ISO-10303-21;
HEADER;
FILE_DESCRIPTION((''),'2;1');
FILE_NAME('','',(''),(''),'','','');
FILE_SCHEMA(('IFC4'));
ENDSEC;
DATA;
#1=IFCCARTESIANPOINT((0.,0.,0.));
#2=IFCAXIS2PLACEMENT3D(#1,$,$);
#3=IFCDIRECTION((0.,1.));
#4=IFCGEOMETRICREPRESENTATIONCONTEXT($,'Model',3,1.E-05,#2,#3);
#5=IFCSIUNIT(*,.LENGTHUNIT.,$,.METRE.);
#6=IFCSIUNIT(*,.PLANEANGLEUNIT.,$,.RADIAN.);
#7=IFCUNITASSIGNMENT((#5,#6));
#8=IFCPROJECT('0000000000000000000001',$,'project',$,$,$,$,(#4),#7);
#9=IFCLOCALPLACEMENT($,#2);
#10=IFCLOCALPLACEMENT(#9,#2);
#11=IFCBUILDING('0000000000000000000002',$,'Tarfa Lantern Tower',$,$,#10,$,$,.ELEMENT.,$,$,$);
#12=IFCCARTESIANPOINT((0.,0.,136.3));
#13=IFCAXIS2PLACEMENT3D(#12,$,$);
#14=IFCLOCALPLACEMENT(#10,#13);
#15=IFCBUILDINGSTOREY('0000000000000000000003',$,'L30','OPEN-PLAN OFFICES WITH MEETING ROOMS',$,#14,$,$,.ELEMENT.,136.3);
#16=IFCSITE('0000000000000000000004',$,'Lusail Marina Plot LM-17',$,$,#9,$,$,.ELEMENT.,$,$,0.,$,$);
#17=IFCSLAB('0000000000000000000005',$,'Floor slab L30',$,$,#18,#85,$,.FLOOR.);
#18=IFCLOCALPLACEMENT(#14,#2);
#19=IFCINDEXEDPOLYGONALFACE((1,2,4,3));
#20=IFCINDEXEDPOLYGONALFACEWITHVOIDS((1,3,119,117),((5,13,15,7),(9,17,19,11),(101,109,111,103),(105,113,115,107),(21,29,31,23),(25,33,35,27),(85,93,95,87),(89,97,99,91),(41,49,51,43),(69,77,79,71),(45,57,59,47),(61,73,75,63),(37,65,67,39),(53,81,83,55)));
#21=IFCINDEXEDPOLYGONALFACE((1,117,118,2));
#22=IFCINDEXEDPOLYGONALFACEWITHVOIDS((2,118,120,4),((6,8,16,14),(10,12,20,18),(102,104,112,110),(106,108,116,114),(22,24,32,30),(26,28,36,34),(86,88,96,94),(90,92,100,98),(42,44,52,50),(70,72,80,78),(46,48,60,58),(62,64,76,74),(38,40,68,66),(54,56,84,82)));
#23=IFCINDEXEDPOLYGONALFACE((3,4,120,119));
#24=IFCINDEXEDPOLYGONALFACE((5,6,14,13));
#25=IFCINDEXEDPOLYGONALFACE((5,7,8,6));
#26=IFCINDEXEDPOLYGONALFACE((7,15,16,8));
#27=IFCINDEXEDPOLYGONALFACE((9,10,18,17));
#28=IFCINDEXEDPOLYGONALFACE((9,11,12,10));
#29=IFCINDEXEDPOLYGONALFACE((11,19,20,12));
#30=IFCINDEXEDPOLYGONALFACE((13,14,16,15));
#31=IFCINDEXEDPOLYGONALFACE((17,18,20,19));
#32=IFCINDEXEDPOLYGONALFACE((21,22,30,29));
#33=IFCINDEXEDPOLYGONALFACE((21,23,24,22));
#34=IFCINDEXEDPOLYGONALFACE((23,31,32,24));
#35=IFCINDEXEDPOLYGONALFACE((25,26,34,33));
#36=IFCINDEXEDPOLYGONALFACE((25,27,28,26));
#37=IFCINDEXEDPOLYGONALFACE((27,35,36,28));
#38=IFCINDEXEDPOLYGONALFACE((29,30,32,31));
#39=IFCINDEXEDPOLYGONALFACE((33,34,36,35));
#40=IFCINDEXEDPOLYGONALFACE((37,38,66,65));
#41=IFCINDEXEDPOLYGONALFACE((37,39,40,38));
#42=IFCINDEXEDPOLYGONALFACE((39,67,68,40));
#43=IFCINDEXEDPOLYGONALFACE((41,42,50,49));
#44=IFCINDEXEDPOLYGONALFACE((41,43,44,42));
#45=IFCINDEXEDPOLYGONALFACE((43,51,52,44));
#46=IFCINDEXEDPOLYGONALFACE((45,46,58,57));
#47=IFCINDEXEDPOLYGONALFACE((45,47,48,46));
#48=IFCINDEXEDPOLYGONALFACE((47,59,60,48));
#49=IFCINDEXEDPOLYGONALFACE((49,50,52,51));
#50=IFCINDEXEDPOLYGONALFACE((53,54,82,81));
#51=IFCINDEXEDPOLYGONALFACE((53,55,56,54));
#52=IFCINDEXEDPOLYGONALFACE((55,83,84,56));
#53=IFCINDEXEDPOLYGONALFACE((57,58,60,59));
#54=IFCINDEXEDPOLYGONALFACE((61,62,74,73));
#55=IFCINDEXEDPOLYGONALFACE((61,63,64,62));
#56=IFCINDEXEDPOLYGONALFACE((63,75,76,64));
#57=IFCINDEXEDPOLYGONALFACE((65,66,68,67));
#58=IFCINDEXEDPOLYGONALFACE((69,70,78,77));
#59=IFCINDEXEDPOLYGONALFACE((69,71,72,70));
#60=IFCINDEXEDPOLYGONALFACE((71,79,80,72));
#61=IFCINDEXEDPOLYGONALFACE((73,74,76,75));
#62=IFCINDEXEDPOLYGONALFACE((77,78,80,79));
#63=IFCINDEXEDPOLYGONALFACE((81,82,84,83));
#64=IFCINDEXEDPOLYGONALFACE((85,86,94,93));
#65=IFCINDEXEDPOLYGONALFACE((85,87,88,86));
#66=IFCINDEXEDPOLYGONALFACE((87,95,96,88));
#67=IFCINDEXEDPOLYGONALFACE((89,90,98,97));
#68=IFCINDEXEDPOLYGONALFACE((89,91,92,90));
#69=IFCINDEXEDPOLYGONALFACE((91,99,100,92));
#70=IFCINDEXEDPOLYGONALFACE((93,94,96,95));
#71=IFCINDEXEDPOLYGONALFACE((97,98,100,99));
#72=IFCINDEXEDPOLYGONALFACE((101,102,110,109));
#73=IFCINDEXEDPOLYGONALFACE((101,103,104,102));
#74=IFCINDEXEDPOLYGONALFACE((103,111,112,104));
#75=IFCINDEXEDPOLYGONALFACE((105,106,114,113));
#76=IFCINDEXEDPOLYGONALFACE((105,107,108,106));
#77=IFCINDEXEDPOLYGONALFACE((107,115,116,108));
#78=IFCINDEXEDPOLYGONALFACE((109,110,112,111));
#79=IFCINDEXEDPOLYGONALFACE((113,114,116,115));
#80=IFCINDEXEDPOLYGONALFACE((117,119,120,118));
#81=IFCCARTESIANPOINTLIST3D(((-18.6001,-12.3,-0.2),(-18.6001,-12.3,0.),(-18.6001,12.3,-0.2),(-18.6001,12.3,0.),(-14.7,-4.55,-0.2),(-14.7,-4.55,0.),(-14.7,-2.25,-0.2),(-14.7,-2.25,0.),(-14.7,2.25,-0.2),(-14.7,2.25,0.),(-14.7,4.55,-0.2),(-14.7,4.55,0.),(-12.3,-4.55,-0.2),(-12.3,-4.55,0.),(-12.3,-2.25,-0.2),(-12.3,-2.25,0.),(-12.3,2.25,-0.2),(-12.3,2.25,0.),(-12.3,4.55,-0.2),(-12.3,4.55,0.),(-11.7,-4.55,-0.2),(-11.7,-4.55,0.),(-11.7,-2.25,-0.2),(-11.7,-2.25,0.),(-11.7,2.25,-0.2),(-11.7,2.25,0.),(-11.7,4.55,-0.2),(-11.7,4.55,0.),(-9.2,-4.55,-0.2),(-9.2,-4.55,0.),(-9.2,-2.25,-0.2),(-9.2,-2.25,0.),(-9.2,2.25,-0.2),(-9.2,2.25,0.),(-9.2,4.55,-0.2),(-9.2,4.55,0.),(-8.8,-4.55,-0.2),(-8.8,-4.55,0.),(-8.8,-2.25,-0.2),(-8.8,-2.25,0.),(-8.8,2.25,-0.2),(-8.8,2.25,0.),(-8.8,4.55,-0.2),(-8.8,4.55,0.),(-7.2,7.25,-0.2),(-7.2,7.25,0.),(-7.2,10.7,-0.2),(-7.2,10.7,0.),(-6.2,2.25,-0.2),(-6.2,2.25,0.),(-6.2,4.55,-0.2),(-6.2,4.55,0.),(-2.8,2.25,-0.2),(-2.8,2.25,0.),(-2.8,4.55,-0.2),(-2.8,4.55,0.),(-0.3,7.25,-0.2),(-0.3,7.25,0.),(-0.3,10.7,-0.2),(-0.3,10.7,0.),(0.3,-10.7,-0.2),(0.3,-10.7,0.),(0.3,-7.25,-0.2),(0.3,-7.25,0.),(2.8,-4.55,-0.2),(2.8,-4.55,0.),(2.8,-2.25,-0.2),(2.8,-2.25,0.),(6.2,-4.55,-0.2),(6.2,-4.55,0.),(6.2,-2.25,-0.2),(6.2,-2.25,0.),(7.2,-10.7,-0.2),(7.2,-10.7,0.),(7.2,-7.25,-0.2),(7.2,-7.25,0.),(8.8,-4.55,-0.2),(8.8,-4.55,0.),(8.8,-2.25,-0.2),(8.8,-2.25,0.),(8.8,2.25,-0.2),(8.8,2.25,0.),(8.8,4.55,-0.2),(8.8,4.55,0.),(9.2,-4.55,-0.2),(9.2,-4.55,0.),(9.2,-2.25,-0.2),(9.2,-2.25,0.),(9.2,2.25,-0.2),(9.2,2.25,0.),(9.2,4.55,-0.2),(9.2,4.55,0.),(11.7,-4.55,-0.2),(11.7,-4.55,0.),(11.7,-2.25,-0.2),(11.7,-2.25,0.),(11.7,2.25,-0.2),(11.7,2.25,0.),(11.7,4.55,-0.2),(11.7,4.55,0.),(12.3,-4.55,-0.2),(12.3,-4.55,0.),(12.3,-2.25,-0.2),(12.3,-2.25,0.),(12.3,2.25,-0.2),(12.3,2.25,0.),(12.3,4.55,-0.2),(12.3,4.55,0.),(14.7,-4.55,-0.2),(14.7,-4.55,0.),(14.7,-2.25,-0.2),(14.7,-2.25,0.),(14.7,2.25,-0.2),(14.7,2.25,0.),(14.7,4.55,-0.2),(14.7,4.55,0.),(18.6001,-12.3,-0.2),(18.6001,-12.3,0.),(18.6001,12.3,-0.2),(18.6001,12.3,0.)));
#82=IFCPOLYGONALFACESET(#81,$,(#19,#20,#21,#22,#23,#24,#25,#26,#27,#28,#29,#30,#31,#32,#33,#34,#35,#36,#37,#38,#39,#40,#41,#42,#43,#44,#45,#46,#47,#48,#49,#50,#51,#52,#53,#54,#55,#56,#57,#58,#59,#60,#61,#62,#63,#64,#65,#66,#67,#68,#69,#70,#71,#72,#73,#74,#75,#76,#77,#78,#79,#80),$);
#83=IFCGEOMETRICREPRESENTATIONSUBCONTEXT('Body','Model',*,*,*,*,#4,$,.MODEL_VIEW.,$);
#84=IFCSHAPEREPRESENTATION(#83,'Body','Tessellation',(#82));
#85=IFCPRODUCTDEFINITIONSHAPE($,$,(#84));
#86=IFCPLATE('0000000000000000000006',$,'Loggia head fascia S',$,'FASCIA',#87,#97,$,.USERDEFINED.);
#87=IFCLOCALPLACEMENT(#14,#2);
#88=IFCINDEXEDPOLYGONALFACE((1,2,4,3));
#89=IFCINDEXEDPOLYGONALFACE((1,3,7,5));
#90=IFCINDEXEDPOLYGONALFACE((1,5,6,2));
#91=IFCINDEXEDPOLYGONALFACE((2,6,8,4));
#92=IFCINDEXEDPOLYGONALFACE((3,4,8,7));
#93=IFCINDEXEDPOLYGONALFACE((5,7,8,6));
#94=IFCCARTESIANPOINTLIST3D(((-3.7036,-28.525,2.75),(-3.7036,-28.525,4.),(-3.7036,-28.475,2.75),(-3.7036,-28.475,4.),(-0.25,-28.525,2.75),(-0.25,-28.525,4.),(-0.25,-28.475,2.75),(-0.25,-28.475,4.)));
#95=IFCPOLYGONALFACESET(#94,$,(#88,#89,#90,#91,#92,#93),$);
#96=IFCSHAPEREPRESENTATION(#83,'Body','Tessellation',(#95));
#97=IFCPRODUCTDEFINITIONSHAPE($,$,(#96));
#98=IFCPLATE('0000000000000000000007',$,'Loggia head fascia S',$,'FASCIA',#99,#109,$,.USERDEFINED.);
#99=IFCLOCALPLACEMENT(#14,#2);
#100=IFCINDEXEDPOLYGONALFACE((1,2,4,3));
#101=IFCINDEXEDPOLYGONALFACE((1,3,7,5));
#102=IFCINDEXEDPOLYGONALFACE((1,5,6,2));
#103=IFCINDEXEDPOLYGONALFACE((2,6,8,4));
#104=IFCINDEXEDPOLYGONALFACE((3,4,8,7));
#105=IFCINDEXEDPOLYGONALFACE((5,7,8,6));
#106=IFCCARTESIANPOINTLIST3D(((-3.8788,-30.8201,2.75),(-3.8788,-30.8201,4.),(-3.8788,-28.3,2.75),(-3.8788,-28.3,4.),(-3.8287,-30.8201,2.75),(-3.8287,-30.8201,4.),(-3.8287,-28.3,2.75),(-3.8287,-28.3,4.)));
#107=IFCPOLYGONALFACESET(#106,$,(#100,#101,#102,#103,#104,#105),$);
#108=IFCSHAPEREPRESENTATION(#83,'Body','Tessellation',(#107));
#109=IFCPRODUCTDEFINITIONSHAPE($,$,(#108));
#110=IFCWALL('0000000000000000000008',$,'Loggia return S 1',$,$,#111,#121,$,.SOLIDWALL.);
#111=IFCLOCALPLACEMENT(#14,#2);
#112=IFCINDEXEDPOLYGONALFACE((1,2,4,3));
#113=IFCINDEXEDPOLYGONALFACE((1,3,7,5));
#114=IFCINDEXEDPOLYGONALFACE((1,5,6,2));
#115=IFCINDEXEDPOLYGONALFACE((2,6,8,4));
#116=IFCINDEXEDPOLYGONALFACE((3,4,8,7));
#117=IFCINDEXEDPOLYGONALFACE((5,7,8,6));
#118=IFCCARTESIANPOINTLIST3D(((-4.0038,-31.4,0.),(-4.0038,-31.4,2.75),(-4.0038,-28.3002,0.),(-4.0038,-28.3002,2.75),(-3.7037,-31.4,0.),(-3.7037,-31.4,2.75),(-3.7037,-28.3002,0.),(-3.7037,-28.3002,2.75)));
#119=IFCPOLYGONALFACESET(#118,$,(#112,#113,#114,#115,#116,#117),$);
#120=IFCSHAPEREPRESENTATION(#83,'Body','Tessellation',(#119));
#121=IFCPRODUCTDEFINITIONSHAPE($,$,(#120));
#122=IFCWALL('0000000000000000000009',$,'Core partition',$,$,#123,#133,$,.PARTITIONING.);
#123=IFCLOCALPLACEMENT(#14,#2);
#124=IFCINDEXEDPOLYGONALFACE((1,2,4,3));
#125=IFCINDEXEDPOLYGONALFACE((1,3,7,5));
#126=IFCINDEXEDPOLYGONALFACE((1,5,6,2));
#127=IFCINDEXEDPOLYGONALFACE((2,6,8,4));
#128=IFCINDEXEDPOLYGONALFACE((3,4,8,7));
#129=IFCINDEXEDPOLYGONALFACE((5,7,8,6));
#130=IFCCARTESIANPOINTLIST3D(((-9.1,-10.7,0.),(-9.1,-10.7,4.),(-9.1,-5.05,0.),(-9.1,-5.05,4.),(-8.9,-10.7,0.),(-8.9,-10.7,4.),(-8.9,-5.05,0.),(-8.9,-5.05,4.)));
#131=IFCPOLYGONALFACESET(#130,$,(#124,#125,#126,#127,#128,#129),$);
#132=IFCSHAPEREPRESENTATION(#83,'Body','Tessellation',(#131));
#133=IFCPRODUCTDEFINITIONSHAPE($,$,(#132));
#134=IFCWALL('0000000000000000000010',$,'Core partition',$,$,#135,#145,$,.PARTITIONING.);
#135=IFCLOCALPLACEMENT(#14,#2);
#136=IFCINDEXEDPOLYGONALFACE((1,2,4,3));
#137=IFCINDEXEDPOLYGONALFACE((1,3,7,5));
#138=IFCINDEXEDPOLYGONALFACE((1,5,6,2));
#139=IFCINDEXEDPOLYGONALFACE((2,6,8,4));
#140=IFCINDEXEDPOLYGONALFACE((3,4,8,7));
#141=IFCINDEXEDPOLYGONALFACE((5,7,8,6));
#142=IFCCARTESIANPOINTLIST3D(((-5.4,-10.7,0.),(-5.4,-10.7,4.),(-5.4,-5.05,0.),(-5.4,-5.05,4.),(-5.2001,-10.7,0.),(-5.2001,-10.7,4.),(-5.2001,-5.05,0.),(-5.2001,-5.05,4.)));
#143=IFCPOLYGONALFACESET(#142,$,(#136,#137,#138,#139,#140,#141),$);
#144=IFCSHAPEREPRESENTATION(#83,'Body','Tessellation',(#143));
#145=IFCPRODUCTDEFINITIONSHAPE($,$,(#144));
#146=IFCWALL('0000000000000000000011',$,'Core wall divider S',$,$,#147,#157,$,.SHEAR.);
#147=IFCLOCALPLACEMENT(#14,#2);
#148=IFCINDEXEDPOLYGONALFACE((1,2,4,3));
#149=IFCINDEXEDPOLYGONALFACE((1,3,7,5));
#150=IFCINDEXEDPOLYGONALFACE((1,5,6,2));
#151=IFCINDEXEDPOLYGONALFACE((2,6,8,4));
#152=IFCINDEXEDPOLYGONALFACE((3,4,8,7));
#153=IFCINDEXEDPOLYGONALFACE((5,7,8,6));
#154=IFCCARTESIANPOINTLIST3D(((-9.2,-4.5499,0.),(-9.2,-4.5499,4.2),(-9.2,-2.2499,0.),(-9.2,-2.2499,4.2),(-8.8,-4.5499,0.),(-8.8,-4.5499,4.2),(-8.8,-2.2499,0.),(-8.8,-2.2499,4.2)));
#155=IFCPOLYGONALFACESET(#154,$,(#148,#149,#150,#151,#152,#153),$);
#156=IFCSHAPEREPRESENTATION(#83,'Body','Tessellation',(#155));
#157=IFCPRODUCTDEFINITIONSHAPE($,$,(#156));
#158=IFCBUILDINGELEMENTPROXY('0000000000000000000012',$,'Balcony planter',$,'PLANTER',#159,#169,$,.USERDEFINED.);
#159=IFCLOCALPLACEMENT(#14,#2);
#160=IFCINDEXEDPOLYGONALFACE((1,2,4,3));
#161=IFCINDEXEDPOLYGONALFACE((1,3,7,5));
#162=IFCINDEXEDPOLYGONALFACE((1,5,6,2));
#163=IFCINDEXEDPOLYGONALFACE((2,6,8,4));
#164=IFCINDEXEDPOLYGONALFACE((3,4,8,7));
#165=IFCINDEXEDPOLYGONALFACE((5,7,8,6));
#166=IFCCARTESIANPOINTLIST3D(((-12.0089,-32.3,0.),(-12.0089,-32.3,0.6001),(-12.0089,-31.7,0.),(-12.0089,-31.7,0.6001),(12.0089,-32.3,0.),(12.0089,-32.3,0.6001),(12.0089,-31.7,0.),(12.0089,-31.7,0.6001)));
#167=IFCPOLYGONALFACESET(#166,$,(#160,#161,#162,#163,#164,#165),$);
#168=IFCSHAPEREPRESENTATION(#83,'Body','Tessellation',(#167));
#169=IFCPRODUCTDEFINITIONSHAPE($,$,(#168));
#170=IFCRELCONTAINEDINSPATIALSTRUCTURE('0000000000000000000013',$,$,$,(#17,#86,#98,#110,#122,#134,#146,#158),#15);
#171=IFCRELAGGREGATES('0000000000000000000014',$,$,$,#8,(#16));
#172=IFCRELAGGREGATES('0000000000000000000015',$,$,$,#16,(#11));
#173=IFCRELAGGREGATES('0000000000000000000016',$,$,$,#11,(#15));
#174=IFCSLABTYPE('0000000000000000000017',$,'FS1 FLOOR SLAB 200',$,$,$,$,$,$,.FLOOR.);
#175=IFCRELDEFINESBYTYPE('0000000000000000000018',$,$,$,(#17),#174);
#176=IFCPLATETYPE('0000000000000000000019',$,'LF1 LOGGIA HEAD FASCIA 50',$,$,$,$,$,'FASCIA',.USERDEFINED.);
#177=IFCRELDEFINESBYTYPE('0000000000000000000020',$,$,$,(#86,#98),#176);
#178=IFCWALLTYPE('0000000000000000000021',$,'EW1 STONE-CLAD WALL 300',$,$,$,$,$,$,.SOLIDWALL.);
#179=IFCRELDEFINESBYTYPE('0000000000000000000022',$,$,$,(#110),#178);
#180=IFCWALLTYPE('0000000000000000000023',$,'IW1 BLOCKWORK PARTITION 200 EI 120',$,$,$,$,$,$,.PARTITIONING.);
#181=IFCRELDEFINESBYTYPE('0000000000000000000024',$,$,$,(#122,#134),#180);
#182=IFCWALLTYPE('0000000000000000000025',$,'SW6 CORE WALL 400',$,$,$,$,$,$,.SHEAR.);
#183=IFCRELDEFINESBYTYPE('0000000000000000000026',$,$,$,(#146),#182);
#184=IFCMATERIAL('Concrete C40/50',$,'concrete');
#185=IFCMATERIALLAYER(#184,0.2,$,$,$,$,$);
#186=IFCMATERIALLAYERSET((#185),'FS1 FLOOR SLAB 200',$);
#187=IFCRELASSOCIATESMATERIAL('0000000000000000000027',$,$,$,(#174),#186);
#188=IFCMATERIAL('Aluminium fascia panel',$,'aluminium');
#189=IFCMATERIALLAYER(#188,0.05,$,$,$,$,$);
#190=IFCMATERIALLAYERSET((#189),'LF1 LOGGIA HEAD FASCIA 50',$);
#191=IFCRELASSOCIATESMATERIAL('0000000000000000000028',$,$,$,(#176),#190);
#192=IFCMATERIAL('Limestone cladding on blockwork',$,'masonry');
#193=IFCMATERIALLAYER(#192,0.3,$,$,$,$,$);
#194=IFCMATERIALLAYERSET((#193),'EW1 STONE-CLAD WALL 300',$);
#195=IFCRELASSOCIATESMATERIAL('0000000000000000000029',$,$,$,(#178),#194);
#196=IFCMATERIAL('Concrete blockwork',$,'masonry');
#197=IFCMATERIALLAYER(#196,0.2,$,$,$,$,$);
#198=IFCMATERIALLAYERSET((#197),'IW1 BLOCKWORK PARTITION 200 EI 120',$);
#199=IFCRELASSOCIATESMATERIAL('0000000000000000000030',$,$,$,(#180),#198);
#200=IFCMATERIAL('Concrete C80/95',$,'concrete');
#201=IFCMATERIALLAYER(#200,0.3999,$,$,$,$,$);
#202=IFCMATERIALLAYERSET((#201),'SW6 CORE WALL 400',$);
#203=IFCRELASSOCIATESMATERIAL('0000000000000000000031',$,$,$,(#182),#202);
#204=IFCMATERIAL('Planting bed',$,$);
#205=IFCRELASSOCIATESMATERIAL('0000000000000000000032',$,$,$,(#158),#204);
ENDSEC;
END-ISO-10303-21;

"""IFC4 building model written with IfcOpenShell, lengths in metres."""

from ifc_helpers import new_model, si_unit, direction, frame, frame_2d, origin, origin_2d, place, context, subcontext, project, spatial, polyline, rectangle, outline, extrude, material, layer, layer_set, type_object, element, save


model = new_model("IFC4")

# Units and contexts
model_context = context("Model", 3, precision=1e-05, world=origin(), true_north=direction((0.0, 1.0)))
body_context = subcontext(model_context, "Body", "Model", "MODEL_VIEW")
ifc_project = project(units=[si_unit("LENGTHUNIT", "METRE"), si_unit("PLANEANGLEUNIT", "RADIAN")], contexts=[model_context])

# Site, building, storey
site_placement = place(None, origin())
site = spatial("IfcSite", under=ifc_project, at=site_placement, Name="Lusail Marina Plot LM-17", CompositionType="ELEMENT", RefElevation=0.0)
building_placement = place(site_placement, origin())
building = spatial("IfcBuilding", under=site, at=building_placement, Name="Tarfa Lantern Tower", CompositionType="ELEMENT")
storey_placement = place(building_placement, frame((0.0, 0.0, 136.3)))
storey = spatial("IfcBuildingStorey", under=building, at=storey_placement, Name="L30", Description="OPEN-PLAN OFFICES WITH MEETING ROOMS", CompositionType="ELEMENT", Elevation=136.3)

# Shared definitions
ifc_material_1 = material(Name="Concrete C80/95", Category="concrete")

# Slab
ifc_material_2 = material(Name="Concrete C40/50", Category="concrete")
ifc_layer_1 = layer(ifc_material_2, 0.2)
ifc_layer_set_1 = layer_set([ifc_layer_1], Name="FS1 FLOOR SLAB 200")
slab_type = type_object("IfcSlabType", Name="FS1 FLOOR SLAB 200", PredefinedType="FLOOR", material=ifc_layer_set_1)
slab_placement = place(storey_placement, frame((0.0, 0.0, -0.2)))
element("IfcSlab", 1, at=slab_placement, inside=storey, type_object=slab_type, Name="Floor slab L30", PredefinedType="FLOOR", context=body_context, shape_type="SweptSolid", body=[
    extrude(outline(polyline([(-18.6001, -12.3), (18.6001, -12.3), (18.6001, 12.3), (-18.6001, 12.3), (-18.6001, -12.3)]), holes=[polyline([(-14.7, 2.25), (-12.3, 2.25), (-12.3, 4.55), (-14.7, 4.55), (-14.7, 2.25)]), polyline([(-11.7, 2.25), (-9.2, 2.25), (-9.2, 4.55), (-11.7, 4.55), (-11.7, 2.25)]), polyline([(-8.8, 2.25), (-6.2, 2.25), (-6.2, 4.55), (-8.8, 4.55), (-8.8, 2.25)]), polyline([(-2.8, 2.25), (8.8, 2.25), (8.8, 4.55), (-2.8, 4.55), (-2.8, 2.25)]), polyline([(9.2, 2.25), (11.7, 2.25), (11.7, 4.55), (9.2, 4.55), (9.2, 2.25)]), polyline([(12.3, 2.25), (14.7, 2.25), (14.7, 4.55), (12.3, 4.55), (12.3, 2.25)]), polyline([(14.7, -2.25), (12.3, -2.25), (12.3, -4.55), (14.7, -4.55), (14.7, -2.25)]), polyline([(11.7, -2.25), (9.2, -2.25), (9.2, -4.55), (11.7, -4.55), (11.7, -2.25)]), polyline([(8.8, -2.25), (6.2, -2.25), (6.2, -4.55), (8.8, -4.55), (8.8, -2.25)]), polyline([(2.8, -2.25), (-8.8, -2.25), (-8.8, -4.55), (2.8, -4.55), (2.8, -2.25)]), polyline([(-9.2, -2.25), (-11.7, -2.25), (-11.7, -4.55), (-9.2, -4.55), (-9.2, -2.25)]), polyline([(-12.3, -2.25), (-14.7, -2.25), (-14.7, -4.55), (-12.3, -4.55), (-12.3, -2.25)]), polyline([(-7.2, 7.25), (-0.3, 7.25), (-0.3, 10.7), (-7.2, 10.7), (-7.2, 7.25)]), polyline([(7.2, -7.25), (0.3, -7.25), (0.3, -10.7), (7.2, -10.7), (7.2, -7.25)])]), origin(), (0.0, 0.0, 1.0), 0.2),
])

# Plates
ifc_material_3 = material(Name="Aluminium fascia panel", Category="aluminium")
ifc_layer_2 = layer(ifc_material_3, 0.05)
ifc_layer_set_2 = layer_set([ifc_layer_2], Name="LF1 LOGGIA HEAD FASCIA 50")
plate_type_1 = type_object("IfcPlateType", Name="LF1 LOGGIA HEAD FASCIA 50", ElementType="FASCIA", PredefinedType="USERDEFINED", material=ifc_layer_set_2)
plate_1_placement = place(storey_placement, frame((-1.9768, -28.5, 2.75), z_axis=(0.0, 0.0, 1.0), x_axis=(1.0, 0.0, 0.0)))
element("IfcPlate", 2, at=plate_1_placement, inside=storey, type_object=plate_type_1, Name="Loggia head fascia S", ObjectType="FASCIA", PredefinedType="USERDEFINED", context=body_context, shape_type="SweptSolid", body=[
    extrude(rectangle(XDim=3.4536, YDim=0.05, at=origin_2d()), origin(), (0.0, 0.0, 1.0), 1.25),
])
plate_2_placement = place(storey_placement, frame((-3.8538, -29.5601, 2.75), z_axis=(0.0, 0.0, 1.0), x_axis=(0.0, 1.0, 0.0)))
element("IfcPlate", 3, at=plate_2_placement, inside=storey, type_object=plate_type_1, Name="Loggia head fascia S", ObjectType="FASCIA", PredefinedType="USERDEFINED", context=body_context, shape_type="SweptSolid", body=[
    extrude(rectangle(XDim=2.52, YDim=0.05, at=origin_2d()), origin(), (0.0, 0.0, 1.0), 1.25),
])

# Walls
ifc_material_4 = material(Name="Limestone cladding on blockwork", Category="masonry")
ifc_layer_3 = layer(ifc_material_4, 0.3)
ifc_layer_set_3 = layer_set([ifc_layer_3], Name="EW1 STONE-CLAD WALL 300")
wall_type_1 = type_object("IfcWallType", Name="EW1 STONE-CLAD WALL 300", PredefinedType="SOLIDWALL", material=ifc_layer_set_3)
wall_1_placement = place(storey_placement, frame((-3.8538, -31.3999, 0.0), z_axis=(0.0, 0.0, 1.0), x_axis=(0.0, 1.0, 0.0)))
element("IfcWall", 4, at=wall_1_placement, inside=storey, type_object=wall_type_1, Name="Loggia return S 1", PredefinedType="SOLIDWALL", context=body_context, shape_type="SweptSolid", body=[
    extrude(rectangle(XDim=3.0999, YDim=0.3, at=frame_2d((1.5498, 0.0))), origin(), (0.0, 0.0, 1.0), 2.75),
])
ifc_material_5 = material(Name="Concrete blockwork", Category="masonry")
ifc_layer_4 = layer(ifc_material_5, 0.2)
ifc_layer_set_4 = layer_set([ifc_layer_4], Name="IW1 BLOCKWORK PARTITION 200 EI 120")
wall_type_2 = type_object("IfcWallType", Name="IW1 BLOCKWORK PARTITION 200 EI 120", PredefinedType="PARTITIONING", material=ifc_layer_set_4)
for number, where, z_axis, x_axis, name in (
    (5, (-9.0, -5.05, 0.0), (0.0, 0.0, 1.0), (0.0, -1.0, 0.0), "Core partition"),
    (6, (-5.3, -5.05, 0.0), (0.0, 0.0, 1.0), (0.0, -1.0, 0.0), "Core partition"),
):
    element("IfcWall", number, at=place(storey_placement, frame(where, z_axis=z_axis, x_axis=x_axis)), inside=storey, type_object=wall_type_2, Name=name, PredefinedType="PARTITIONING", context=body_context, shape_type="SweptSolid", body=[
        extrude(rectangle(XDim=5.6499, YDim=0.2, at=frame_2d((2.825, 0.0))), origin(), (0.0, 0.0, 1.0), 4.0),
    ])
ifc_layer_5 = layer(ifc_material_1, 0.3999)
ifc_layer_set_5 = layer_set([ifc_layer_5], Name="SW6 CORE WALL 400")
wall_type_3 = type_object("IfcWallType", Name="SW6 CORE WALL 400", PredefinedType="SHEAR", material=ifc_layer_set_5)
wall_2_placement = place(storey_placement, frame((-9.0, -2.25, 0.0), z_axis=(0.0, 0.0, 1.0), x_axis=(0.0, -1.0, 0.0)))
element("IfcWall", 7, at=wall_2_placement, inside=storey, type_object=wall_type_3, Name="Core wall divider S", PredefinedType="SHEAR", context=body_context, shape_type="SweptSolid", body=[
    extrude(rectangle(XDim=2.3, YDim=0.3999, at=frame_2d((1.1499, 0.0))), origin(), (0.0, 0.0, 1.0), 4.2),
])

# Building element proxy
ifc_material_6 = material(Name="Planting bed")
proxy_placement = place(storey_placement, frame((0.0, -32.0, 0.0), z_axis=(0.0, 0.0, 1.0), x_axis=(1.0, 0.0, 0.0)))
element("IfcBuildingElementProxy", 8, at=proxy_placement, inside=storey, material=ifc_material_6, Name="Balcony planter", ObjectType="PLANTER", PredefinedType="USERDEFINED", context=body_context, shape_type="SweptSolid", body=[
    extrude(rectangle(XDim=24.0178, YDim=0.6001, at=origin_2d()), origin(), (0.0, 0.0, 1.0), 0.6001),
])

save(model, "model.ifc")
